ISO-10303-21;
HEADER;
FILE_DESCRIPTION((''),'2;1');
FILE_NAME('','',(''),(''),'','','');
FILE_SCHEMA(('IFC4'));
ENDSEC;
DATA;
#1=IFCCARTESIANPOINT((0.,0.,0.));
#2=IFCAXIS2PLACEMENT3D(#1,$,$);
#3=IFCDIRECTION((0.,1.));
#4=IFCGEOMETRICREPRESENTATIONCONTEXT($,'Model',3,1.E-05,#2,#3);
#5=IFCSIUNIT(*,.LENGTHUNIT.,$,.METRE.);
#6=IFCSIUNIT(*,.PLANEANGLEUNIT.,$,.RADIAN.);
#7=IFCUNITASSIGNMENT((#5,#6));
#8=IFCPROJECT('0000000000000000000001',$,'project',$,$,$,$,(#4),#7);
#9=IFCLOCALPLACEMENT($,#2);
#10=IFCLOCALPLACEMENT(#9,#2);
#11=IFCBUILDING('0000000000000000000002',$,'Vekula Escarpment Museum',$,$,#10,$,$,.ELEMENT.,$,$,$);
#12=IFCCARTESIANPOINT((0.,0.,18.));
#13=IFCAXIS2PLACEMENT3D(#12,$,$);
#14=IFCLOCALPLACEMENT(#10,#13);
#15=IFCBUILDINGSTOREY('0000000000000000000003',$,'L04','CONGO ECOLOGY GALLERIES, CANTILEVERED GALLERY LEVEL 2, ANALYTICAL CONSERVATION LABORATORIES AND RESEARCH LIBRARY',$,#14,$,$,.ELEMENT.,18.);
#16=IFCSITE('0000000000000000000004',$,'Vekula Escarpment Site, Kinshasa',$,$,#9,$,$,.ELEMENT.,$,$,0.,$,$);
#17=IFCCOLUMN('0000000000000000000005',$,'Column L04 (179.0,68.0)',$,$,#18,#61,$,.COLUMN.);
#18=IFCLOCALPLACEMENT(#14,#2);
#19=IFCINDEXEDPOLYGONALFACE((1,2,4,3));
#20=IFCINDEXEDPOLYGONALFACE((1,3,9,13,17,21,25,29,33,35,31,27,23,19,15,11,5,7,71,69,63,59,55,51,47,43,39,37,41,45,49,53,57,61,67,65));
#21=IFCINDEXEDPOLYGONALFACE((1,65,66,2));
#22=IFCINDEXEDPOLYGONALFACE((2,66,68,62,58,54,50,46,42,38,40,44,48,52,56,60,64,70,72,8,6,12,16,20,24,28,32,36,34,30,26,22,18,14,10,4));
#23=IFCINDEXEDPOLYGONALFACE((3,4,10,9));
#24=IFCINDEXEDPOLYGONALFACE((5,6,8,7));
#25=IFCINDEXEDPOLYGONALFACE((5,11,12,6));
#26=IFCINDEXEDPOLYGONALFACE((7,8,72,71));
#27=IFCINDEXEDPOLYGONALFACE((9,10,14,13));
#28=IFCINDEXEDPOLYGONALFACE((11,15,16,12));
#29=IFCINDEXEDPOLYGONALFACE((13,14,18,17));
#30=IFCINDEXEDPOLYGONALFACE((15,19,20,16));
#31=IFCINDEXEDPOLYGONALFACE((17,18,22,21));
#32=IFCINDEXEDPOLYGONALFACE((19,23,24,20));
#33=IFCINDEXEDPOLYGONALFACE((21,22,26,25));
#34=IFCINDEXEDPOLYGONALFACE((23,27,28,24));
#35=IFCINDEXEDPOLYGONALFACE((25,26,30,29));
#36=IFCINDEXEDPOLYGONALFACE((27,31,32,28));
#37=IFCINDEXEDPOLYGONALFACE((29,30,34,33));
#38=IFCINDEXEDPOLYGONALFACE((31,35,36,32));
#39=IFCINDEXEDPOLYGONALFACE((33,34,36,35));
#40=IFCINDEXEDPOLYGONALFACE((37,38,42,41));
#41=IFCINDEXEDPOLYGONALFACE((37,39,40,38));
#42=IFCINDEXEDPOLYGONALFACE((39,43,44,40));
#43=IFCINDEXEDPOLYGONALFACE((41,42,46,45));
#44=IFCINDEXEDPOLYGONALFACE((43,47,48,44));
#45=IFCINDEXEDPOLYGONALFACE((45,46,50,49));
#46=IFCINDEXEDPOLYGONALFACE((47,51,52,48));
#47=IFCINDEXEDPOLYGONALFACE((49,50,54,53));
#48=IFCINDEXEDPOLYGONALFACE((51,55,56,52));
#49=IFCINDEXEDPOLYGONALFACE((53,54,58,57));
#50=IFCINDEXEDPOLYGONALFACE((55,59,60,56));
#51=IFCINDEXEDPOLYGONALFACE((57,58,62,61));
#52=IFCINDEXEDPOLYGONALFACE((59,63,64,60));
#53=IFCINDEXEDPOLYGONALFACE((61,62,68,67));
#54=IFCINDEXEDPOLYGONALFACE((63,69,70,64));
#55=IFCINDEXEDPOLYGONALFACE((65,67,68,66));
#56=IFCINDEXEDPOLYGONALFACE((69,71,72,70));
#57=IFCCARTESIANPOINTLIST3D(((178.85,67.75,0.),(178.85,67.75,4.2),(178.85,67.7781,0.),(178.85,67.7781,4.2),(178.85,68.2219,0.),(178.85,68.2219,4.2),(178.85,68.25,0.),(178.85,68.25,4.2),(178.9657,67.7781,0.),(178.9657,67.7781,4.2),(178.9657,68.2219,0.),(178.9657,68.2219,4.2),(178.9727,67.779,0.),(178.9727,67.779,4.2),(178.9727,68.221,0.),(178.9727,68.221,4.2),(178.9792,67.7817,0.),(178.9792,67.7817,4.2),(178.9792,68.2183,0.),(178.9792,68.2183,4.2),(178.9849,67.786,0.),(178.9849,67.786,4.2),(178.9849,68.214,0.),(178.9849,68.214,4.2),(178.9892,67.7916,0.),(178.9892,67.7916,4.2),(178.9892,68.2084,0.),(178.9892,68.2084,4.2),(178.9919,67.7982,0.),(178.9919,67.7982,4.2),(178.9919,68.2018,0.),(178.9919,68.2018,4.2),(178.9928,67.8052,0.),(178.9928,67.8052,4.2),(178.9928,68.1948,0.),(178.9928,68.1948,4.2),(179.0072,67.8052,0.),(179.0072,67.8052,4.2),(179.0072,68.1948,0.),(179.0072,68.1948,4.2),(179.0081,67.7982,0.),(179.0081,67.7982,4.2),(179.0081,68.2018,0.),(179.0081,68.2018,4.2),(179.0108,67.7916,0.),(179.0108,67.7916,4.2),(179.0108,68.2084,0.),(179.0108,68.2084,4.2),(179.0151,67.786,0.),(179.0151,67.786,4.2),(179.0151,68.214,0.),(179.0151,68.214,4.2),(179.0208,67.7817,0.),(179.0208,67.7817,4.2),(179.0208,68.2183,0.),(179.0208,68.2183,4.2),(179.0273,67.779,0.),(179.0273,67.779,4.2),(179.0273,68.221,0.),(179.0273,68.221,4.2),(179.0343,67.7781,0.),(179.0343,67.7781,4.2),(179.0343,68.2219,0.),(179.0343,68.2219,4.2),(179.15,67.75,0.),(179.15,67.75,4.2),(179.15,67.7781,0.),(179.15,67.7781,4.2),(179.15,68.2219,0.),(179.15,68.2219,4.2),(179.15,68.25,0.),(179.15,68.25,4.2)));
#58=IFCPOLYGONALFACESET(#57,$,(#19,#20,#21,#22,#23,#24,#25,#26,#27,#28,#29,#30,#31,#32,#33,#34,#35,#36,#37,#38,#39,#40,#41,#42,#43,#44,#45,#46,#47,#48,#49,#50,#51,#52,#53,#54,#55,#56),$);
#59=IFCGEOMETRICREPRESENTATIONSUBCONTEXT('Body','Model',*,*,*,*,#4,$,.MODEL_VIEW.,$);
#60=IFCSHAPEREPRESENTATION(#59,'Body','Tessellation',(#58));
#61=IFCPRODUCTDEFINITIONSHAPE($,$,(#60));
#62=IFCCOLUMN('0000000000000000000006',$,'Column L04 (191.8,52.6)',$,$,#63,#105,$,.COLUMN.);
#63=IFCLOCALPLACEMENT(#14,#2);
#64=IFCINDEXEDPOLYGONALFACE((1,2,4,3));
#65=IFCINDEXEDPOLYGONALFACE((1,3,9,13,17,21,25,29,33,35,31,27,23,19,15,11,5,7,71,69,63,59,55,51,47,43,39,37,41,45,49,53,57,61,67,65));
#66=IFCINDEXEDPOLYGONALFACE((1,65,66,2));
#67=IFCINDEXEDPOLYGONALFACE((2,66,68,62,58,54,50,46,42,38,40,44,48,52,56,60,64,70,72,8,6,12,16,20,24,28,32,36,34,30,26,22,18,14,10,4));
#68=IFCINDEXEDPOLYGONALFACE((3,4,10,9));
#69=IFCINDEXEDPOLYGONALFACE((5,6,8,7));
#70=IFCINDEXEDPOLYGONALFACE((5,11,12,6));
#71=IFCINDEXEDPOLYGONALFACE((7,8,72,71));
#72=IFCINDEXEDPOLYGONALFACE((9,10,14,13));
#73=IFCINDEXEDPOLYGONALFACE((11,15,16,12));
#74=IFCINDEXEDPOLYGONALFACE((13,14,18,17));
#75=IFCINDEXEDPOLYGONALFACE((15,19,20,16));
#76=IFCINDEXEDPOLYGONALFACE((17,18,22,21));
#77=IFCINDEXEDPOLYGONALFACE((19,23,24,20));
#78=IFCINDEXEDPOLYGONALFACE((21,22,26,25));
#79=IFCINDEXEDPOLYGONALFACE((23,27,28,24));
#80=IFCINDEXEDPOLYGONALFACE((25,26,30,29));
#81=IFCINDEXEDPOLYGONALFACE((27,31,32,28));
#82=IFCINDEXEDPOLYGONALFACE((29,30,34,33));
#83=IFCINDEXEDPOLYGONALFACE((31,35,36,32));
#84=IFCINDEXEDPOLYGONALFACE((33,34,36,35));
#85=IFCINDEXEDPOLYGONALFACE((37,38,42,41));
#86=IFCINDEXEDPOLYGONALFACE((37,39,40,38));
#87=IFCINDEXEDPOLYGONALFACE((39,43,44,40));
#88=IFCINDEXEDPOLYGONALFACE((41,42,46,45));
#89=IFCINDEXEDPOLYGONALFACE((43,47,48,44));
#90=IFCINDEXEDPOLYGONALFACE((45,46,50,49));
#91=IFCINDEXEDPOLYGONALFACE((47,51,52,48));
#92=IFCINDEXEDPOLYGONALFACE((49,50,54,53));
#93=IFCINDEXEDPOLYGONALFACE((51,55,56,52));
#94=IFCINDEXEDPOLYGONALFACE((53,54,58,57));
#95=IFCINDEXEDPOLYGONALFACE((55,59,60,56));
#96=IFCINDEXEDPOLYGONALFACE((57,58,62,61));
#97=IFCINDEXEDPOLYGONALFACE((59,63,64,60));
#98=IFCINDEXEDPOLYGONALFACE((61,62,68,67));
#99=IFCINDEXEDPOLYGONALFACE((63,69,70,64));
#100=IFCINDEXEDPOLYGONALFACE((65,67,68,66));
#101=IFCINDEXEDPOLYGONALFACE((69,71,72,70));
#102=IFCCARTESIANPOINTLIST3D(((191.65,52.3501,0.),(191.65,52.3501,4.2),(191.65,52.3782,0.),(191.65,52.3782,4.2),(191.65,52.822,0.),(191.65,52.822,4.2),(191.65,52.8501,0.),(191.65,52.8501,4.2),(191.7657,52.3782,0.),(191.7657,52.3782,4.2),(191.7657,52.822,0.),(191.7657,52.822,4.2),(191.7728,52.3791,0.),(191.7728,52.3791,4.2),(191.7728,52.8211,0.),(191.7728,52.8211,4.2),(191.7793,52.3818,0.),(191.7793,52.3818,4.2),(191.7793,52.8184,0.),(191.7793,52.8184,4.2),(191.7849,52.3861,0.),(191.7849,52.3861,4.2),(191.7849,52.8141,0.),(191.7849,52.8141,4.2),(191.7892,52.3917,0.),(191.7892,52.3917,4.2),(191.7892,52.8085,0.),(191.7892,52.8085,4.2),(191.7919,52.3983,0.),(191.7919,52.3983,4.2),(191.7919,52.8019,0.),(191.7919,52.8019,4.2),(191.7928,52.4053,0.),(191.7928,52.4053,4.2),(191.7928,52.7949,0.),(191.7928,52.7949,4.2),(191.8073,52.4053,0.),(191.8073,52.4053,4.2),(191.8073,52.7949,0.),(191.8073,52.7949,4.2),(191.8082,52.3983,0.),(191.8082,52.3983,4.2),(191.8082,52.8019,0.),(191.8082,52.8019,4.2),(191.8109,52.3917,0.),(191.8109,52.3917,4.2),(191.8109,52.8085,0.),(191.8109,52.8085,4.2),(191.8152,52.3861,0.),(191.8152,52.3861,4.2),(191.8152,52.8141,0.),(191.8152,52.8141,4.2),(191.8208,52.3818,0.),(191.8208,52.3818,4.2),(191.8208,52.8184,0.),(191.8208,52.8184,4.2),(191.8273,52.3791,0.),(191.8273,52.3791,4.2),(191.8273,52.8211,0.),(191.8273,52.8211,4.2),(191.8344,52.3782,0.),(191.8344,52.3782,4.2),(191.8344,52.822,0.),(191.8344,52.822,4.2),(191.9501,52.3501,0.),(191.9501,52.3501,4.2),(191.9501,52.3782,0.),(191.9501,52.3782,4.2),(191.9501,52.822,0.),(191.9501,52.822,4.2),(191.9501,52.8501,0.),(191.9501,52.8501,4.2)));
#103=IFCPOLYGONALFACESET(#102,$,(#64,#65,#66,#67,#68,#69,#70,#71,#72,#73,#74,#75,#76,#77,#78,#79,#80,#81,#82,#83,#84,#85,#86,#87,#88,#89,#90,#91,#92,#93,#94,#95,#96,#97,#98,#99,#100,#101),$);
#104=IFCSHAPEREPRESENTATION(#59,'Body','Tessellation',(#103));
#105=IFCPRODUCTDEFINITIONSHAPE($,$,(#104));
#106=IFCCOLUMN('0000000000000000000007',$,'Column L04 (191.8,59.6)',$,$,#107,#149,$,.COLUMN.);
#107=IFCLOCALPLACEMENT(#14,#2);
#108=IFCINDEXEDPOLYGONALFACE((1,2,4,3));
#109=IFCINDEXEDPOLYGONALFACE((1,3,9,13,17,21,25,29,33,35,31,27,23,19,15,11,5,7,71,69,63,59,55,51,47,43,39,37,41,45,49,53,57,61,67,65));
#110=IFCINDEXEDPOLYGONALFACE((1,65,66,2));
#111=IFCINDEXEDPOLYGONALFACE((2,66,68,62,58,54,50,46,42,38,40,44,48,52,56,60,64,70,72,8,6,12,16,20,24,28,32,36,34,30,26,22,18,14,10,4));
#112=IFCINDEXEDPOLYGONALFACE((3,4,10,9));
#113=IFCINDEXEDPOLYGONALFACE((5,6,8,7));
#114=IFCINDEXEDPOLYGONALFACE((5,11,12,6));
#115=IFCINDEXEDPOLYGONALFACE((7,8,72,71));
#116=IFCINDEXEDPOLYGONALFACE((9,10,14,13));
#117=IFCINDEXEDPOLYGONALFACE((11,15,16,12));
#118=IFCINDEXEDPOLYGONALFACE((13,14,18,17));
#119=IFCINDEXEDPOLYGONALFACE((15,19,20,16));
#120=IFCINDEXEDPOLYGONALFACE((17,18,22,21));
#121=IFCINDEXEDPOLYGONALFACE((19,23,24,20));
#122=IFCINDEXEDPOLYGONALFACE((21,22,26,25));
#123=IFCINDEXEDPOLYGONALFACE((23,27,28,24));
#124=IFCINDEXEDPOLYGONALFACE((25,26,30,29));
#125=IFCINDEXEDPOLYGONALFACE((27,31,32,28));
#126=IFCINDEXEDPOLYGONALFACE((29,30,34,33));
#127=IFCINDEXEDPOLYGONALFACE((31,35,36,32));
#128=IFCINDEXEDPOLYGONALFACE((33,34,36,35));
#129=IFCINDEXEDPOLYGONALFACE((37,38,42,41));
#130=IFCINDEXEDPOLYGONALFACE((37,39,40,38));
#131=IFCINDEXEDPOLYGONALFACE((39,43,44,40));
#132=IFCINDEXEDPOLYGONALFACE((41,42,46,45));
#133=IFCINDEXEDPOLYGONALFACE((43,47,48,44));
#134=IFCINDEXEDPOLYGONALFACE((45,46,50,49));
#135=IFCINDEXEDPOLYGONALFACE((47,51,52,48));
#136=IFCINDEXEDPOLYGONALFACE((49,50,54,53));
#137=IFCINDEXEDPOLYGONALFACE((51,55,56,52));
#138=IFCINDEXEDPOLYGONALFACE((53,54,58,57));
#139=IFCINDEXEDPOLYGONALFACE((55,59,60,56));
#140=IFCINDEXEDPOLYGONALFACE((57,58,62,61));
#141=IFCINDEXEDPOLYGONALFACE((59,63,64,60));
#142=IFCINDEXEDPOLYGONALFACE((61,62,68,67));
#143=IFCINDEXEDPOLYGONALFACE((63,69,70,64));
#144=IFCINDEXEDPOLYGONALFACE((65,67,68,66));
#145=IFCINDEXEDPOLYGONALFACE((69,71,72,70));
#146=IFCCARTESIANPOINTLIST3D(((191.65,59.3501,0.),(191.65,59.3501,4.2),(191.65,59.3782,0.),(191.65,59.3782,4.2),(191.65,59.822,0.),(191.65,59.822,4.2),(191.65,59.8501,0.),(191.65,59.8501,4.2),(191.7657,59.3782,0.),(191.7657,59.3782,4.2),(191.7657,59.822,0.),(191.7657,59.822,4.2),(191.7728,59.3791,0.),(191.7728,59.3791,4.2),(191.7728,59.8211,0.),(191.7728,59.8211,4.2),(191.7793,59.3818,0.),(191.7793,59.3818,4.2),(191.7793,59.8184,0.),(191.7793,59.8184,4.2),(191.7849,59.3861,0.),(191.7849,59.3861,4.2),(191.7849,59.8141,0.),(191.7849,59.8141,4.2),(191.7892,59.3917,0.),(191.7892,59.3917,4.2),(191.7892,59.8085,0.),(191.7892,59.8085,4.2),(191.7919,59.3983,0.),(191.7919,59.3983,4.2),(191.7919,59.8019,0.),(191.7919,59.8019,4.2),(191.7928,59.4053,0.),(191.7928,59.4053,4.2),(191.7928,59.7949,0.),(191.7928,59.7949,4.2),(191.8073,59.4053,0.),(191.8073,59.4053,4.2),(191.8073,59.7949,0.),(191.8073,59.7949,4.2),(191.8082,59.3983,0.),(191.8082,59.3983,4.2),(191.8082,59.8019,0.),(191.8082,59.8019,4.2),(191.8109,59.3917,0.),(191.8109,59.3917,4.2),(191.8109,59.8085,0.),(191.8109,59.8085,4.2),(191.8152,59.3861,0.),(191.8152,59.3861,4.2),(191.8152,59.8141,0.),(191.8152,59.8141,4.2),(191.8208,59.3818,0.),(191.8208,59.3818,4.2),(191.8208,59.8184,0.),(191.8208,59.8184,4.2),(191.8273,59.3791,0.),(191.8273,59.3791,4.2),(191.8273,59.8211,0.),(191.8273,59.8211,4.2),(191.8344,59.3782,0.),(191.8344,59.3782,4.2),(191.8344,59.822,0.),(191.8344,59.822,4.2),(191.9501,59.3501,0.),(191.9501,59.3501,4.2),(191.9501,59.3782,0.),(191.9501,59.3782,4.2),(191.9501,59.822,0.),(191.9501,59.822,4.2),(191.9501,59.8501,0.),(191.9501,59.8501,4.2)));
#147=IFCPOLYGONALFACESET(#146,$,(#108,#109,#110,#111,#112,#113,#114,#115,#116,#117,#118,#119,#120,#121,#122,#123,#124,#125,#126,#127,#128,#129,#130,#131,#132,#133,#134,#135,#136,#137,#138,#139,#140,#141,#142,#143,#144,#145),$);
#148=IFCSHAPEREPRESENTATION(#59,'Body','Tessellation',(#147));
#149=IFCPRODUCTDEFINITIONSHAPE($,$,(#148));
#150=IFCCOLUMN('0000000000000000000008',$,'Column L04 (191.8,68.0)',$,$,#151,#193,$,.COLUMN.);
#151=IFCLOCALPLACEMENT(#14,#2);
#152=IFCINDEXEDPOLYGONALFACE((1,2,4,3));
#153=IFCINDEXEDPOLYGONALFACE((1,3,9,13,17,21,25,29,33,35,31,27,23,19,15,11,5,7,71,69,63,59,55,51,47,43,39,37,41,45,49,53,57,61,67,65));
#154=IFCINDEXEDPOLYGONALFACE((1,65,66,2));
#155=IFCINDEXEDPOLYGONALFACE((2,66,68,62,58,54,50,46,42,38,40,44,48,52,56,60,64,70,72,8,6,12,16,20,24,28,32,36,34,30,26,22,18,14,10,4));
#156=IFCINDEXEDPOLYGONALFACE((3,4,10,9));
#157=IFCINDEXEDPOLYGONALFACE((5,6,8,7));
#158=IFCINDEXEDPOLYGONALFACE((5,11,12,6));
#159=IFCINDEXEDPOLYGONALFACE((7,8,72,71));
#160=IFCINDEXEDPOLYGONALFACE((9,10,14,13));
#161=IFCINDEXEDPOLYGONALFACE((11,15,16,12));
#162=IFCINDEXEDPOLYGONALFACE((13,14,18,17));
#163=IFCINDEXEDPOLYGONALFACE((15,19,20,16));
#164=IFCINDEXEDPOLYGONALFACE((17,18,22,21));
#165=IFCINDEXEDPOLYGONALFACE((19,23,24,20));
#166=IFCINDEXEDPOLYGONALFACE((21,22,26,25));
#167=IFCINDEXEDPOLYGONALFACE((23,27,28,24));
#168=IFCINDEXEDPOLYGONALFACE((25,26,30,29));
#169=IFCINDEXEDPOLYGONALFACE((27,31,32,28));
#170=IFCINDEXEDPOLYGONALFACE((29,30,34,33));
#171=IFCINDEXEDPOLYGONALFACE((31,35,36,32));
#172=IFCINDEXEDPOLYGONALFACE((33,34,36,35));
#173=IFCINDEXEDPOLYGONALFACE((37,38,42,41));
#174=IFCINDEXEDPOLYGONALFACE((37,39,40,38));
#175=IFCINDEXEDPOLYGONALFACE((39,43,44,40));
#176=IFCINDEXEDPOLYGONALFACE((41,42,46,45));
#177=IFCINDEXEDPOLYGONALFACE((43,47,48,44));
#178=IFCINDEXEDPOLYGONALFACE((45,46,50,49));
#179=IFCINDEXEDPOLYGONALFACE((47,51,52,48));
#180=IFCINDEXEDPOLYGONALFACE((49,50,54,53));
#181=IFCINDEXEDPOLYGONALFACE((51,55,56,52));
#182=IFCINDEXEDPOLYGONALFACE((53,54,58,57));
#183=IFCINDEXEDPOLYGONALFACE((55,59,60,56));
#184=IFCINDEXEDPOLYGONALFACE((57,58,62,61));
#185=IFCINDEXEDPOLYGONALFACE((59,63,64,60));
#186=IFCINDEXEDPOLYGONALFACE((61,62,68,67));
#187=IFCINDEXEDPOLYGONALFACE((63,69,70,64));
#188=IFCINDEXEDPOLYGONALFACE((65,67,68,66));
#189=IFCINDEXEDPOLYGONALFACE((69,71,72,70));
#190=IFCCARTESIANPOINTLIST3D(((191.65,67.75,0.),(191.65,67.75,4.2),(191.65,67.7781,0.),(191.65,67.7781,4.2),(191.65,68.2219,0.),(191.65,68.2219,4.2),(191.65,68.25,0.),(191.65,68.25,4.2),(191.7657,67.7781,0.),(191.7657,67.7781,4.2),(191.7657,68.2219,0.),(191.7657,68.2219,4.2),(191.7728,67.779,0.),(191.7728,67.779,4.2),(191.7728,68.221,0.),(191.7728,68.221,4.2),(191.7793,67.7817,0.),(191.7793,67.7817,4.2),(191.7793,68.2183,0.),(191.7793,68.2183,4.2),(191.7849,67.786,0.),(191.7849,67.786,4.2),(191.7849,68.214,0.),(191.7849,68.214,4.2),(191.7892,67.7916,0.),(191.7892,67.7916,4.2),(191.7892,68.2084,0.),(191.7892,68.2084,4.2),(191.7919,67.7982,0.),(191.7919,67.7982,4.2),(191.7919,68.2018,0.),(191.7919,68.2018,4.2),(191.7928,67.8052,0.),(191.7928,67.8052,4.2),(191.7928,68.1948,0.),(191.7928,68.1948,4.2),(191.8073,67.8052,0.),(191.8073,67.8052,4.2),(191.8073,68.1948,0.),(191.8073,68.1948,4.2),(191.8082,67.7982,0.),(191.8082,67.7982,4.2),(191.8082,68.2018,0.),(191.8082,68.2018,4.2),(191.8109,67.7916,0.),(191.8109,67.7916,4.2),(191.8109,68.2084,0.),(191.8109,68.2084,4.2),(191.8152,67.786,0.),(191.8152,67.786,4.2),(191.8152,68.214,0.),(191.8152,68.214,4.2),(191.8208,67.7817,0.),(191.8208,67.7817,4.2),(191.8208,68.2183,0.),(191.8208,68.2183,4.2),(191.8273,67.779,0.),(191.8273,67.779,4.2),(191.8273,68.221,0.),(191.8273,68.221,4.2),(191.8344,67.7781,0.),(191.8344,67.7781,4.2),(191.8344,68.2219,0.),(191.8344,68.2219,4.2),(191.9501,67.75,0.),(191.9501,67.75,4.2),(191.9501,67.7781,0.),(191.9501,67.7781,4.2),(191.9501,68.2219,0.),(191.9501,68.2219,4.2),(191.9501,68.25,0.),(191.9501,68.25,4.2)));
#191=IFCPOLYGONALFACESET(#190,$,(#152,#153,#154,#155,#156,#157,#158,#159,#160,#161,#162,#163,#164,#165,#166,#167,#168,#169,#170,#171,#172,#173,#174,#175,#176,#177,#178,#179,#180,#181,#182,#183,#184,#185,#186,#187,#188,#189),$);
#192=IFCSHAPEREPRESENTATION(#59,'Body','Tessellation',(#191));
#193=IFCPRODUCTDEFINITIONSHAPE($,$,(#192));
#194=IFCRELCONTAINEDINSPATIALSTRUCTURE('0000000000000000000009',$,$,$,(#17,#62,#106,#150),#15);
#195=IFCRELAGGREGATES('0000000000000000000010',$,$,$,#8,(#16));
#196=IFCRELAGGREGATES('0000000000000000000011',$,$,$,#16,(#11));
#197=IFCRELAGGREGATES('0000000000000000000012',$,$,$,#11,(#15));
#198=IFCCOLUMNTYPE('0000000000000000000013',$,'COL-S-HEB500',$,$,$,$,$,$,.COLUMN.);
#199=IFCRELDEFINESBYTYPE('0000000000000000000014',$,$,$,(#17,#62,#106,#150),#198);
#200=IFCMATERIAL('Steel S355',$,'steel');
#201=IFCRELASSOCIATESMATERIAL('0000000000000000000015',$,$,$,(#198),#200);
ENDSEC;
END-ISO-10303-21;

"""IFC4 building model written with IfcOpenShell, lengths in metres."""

from ifc_helpers import new_model, si_unit, direction, frame, origin, origin_2d, place, context, subcontext, project, spatial, i_section, extrude, material, material_profile, profile_set, type_object, element, save


model = new_model("IFC4")

# Units and contexts
model_context = context("Model", 3, precision=1e-05, world=origin(), true_north=direction((0.0, 1.0)))
body_context = subcontext(model_context, "Body", "Model", "MODEL_VIEW")
ifc_project = project(units=[si_unit("LENGTHUNIT", "METRE"), si_unit("PLANEANGLEUNIT", "RADIAN")], contexts=[model_context])

# Site, building, storey
site_placement = place(None, origin())
site = spatial("IfcSite", under=ifc_project, at=site_placement, Name="Vekula Escarpment Site, Kinshasa", CompositionType="ELEMENT", RefElevation=0.0)
building_placement = place(site_placement, origin())
building = spatial("IfcBuilding", under=site, at=building_placement, Name="Vekula Escarpment Museum", CompositionType="ELEMENT")
storey_placement = place(building_placement, frame((0.0, 0.0, 18.0)))
storey = spatial("IfcBuildingStorey", under=building, at=storey_placement, Name="L04", Description="CONGO ECOLOGY GALLERIES, CANTILEVERED GALLERY LEVEL 2, ANALYTICAL CONSERVATION LABORATORIES AND RESEARCH LIBRARY", CompositionType="ELEMENT", Elevation=18.0)

# Columns
ifc_material_1 = material(Name="Steel S355", Category="steel")
ifc_material_profile_1 = material_profile(ifc_material_1, i_section(OverallWidth=0.3, OverallDepth=0.5, WebThickness=0.0144, FlangeThickness=0.0281, FilletRadius=0.0271, at=origin_2d()), Name="HEB 500")
ifc_profile_set_1 = profile_set([ifc_material_profile_1], Name="Steel S355")
column_type = type_object("IfcColumnType", Name="COL-S-HEB500", PredefinedType="COLUMN", material=ifc_profile_set_1)
for number, where, z_axis, x_axis, name in (
    (1, (179.0, 68.0, 0.0), (0.0, 0.0, 1.0), (1.0, 0.0, 0.0), "Column L04 (179.0,68.0)"),
    (2, (191.8, 52.6001, 0.0), (0.0, 0.0, 1.0), (1.0, 0.0, 0.0), "Column L04 (191.8,52.6)"),
    (3, (191.8, 59.6001, 0.0), (0.0, 0.0, 1.0), (1.0, 0.0, 0.0), "Column L04 (191.8,59.6)"),
    (4, (191.8, 68.0, 0.0), (0.0, 0.0, 1.0), (1.0, 0.0, 0.0), "Column L04 (191.8,68.0)"),
):
    element("IfcColumn", number, at=place(storey_placement, frame(where, z_axis=z_axis, x_axis=x_axis)), inside=storey, type_object=column_type, Name=name, PredefinedType="COLUMN", context=body_context, shape_type="SweptSolid", body=[
        extrude(i_section(OverallWidth=0.3, OverallDepth=0.5, WebThickness=0.0144, FlangeThickness=0.0281, FilletRadius=0.0271, at=origin_2d()), origin(), (0.0, 0.0, 1.0), 4.2),
    ])

save(model, "model.ifc")
